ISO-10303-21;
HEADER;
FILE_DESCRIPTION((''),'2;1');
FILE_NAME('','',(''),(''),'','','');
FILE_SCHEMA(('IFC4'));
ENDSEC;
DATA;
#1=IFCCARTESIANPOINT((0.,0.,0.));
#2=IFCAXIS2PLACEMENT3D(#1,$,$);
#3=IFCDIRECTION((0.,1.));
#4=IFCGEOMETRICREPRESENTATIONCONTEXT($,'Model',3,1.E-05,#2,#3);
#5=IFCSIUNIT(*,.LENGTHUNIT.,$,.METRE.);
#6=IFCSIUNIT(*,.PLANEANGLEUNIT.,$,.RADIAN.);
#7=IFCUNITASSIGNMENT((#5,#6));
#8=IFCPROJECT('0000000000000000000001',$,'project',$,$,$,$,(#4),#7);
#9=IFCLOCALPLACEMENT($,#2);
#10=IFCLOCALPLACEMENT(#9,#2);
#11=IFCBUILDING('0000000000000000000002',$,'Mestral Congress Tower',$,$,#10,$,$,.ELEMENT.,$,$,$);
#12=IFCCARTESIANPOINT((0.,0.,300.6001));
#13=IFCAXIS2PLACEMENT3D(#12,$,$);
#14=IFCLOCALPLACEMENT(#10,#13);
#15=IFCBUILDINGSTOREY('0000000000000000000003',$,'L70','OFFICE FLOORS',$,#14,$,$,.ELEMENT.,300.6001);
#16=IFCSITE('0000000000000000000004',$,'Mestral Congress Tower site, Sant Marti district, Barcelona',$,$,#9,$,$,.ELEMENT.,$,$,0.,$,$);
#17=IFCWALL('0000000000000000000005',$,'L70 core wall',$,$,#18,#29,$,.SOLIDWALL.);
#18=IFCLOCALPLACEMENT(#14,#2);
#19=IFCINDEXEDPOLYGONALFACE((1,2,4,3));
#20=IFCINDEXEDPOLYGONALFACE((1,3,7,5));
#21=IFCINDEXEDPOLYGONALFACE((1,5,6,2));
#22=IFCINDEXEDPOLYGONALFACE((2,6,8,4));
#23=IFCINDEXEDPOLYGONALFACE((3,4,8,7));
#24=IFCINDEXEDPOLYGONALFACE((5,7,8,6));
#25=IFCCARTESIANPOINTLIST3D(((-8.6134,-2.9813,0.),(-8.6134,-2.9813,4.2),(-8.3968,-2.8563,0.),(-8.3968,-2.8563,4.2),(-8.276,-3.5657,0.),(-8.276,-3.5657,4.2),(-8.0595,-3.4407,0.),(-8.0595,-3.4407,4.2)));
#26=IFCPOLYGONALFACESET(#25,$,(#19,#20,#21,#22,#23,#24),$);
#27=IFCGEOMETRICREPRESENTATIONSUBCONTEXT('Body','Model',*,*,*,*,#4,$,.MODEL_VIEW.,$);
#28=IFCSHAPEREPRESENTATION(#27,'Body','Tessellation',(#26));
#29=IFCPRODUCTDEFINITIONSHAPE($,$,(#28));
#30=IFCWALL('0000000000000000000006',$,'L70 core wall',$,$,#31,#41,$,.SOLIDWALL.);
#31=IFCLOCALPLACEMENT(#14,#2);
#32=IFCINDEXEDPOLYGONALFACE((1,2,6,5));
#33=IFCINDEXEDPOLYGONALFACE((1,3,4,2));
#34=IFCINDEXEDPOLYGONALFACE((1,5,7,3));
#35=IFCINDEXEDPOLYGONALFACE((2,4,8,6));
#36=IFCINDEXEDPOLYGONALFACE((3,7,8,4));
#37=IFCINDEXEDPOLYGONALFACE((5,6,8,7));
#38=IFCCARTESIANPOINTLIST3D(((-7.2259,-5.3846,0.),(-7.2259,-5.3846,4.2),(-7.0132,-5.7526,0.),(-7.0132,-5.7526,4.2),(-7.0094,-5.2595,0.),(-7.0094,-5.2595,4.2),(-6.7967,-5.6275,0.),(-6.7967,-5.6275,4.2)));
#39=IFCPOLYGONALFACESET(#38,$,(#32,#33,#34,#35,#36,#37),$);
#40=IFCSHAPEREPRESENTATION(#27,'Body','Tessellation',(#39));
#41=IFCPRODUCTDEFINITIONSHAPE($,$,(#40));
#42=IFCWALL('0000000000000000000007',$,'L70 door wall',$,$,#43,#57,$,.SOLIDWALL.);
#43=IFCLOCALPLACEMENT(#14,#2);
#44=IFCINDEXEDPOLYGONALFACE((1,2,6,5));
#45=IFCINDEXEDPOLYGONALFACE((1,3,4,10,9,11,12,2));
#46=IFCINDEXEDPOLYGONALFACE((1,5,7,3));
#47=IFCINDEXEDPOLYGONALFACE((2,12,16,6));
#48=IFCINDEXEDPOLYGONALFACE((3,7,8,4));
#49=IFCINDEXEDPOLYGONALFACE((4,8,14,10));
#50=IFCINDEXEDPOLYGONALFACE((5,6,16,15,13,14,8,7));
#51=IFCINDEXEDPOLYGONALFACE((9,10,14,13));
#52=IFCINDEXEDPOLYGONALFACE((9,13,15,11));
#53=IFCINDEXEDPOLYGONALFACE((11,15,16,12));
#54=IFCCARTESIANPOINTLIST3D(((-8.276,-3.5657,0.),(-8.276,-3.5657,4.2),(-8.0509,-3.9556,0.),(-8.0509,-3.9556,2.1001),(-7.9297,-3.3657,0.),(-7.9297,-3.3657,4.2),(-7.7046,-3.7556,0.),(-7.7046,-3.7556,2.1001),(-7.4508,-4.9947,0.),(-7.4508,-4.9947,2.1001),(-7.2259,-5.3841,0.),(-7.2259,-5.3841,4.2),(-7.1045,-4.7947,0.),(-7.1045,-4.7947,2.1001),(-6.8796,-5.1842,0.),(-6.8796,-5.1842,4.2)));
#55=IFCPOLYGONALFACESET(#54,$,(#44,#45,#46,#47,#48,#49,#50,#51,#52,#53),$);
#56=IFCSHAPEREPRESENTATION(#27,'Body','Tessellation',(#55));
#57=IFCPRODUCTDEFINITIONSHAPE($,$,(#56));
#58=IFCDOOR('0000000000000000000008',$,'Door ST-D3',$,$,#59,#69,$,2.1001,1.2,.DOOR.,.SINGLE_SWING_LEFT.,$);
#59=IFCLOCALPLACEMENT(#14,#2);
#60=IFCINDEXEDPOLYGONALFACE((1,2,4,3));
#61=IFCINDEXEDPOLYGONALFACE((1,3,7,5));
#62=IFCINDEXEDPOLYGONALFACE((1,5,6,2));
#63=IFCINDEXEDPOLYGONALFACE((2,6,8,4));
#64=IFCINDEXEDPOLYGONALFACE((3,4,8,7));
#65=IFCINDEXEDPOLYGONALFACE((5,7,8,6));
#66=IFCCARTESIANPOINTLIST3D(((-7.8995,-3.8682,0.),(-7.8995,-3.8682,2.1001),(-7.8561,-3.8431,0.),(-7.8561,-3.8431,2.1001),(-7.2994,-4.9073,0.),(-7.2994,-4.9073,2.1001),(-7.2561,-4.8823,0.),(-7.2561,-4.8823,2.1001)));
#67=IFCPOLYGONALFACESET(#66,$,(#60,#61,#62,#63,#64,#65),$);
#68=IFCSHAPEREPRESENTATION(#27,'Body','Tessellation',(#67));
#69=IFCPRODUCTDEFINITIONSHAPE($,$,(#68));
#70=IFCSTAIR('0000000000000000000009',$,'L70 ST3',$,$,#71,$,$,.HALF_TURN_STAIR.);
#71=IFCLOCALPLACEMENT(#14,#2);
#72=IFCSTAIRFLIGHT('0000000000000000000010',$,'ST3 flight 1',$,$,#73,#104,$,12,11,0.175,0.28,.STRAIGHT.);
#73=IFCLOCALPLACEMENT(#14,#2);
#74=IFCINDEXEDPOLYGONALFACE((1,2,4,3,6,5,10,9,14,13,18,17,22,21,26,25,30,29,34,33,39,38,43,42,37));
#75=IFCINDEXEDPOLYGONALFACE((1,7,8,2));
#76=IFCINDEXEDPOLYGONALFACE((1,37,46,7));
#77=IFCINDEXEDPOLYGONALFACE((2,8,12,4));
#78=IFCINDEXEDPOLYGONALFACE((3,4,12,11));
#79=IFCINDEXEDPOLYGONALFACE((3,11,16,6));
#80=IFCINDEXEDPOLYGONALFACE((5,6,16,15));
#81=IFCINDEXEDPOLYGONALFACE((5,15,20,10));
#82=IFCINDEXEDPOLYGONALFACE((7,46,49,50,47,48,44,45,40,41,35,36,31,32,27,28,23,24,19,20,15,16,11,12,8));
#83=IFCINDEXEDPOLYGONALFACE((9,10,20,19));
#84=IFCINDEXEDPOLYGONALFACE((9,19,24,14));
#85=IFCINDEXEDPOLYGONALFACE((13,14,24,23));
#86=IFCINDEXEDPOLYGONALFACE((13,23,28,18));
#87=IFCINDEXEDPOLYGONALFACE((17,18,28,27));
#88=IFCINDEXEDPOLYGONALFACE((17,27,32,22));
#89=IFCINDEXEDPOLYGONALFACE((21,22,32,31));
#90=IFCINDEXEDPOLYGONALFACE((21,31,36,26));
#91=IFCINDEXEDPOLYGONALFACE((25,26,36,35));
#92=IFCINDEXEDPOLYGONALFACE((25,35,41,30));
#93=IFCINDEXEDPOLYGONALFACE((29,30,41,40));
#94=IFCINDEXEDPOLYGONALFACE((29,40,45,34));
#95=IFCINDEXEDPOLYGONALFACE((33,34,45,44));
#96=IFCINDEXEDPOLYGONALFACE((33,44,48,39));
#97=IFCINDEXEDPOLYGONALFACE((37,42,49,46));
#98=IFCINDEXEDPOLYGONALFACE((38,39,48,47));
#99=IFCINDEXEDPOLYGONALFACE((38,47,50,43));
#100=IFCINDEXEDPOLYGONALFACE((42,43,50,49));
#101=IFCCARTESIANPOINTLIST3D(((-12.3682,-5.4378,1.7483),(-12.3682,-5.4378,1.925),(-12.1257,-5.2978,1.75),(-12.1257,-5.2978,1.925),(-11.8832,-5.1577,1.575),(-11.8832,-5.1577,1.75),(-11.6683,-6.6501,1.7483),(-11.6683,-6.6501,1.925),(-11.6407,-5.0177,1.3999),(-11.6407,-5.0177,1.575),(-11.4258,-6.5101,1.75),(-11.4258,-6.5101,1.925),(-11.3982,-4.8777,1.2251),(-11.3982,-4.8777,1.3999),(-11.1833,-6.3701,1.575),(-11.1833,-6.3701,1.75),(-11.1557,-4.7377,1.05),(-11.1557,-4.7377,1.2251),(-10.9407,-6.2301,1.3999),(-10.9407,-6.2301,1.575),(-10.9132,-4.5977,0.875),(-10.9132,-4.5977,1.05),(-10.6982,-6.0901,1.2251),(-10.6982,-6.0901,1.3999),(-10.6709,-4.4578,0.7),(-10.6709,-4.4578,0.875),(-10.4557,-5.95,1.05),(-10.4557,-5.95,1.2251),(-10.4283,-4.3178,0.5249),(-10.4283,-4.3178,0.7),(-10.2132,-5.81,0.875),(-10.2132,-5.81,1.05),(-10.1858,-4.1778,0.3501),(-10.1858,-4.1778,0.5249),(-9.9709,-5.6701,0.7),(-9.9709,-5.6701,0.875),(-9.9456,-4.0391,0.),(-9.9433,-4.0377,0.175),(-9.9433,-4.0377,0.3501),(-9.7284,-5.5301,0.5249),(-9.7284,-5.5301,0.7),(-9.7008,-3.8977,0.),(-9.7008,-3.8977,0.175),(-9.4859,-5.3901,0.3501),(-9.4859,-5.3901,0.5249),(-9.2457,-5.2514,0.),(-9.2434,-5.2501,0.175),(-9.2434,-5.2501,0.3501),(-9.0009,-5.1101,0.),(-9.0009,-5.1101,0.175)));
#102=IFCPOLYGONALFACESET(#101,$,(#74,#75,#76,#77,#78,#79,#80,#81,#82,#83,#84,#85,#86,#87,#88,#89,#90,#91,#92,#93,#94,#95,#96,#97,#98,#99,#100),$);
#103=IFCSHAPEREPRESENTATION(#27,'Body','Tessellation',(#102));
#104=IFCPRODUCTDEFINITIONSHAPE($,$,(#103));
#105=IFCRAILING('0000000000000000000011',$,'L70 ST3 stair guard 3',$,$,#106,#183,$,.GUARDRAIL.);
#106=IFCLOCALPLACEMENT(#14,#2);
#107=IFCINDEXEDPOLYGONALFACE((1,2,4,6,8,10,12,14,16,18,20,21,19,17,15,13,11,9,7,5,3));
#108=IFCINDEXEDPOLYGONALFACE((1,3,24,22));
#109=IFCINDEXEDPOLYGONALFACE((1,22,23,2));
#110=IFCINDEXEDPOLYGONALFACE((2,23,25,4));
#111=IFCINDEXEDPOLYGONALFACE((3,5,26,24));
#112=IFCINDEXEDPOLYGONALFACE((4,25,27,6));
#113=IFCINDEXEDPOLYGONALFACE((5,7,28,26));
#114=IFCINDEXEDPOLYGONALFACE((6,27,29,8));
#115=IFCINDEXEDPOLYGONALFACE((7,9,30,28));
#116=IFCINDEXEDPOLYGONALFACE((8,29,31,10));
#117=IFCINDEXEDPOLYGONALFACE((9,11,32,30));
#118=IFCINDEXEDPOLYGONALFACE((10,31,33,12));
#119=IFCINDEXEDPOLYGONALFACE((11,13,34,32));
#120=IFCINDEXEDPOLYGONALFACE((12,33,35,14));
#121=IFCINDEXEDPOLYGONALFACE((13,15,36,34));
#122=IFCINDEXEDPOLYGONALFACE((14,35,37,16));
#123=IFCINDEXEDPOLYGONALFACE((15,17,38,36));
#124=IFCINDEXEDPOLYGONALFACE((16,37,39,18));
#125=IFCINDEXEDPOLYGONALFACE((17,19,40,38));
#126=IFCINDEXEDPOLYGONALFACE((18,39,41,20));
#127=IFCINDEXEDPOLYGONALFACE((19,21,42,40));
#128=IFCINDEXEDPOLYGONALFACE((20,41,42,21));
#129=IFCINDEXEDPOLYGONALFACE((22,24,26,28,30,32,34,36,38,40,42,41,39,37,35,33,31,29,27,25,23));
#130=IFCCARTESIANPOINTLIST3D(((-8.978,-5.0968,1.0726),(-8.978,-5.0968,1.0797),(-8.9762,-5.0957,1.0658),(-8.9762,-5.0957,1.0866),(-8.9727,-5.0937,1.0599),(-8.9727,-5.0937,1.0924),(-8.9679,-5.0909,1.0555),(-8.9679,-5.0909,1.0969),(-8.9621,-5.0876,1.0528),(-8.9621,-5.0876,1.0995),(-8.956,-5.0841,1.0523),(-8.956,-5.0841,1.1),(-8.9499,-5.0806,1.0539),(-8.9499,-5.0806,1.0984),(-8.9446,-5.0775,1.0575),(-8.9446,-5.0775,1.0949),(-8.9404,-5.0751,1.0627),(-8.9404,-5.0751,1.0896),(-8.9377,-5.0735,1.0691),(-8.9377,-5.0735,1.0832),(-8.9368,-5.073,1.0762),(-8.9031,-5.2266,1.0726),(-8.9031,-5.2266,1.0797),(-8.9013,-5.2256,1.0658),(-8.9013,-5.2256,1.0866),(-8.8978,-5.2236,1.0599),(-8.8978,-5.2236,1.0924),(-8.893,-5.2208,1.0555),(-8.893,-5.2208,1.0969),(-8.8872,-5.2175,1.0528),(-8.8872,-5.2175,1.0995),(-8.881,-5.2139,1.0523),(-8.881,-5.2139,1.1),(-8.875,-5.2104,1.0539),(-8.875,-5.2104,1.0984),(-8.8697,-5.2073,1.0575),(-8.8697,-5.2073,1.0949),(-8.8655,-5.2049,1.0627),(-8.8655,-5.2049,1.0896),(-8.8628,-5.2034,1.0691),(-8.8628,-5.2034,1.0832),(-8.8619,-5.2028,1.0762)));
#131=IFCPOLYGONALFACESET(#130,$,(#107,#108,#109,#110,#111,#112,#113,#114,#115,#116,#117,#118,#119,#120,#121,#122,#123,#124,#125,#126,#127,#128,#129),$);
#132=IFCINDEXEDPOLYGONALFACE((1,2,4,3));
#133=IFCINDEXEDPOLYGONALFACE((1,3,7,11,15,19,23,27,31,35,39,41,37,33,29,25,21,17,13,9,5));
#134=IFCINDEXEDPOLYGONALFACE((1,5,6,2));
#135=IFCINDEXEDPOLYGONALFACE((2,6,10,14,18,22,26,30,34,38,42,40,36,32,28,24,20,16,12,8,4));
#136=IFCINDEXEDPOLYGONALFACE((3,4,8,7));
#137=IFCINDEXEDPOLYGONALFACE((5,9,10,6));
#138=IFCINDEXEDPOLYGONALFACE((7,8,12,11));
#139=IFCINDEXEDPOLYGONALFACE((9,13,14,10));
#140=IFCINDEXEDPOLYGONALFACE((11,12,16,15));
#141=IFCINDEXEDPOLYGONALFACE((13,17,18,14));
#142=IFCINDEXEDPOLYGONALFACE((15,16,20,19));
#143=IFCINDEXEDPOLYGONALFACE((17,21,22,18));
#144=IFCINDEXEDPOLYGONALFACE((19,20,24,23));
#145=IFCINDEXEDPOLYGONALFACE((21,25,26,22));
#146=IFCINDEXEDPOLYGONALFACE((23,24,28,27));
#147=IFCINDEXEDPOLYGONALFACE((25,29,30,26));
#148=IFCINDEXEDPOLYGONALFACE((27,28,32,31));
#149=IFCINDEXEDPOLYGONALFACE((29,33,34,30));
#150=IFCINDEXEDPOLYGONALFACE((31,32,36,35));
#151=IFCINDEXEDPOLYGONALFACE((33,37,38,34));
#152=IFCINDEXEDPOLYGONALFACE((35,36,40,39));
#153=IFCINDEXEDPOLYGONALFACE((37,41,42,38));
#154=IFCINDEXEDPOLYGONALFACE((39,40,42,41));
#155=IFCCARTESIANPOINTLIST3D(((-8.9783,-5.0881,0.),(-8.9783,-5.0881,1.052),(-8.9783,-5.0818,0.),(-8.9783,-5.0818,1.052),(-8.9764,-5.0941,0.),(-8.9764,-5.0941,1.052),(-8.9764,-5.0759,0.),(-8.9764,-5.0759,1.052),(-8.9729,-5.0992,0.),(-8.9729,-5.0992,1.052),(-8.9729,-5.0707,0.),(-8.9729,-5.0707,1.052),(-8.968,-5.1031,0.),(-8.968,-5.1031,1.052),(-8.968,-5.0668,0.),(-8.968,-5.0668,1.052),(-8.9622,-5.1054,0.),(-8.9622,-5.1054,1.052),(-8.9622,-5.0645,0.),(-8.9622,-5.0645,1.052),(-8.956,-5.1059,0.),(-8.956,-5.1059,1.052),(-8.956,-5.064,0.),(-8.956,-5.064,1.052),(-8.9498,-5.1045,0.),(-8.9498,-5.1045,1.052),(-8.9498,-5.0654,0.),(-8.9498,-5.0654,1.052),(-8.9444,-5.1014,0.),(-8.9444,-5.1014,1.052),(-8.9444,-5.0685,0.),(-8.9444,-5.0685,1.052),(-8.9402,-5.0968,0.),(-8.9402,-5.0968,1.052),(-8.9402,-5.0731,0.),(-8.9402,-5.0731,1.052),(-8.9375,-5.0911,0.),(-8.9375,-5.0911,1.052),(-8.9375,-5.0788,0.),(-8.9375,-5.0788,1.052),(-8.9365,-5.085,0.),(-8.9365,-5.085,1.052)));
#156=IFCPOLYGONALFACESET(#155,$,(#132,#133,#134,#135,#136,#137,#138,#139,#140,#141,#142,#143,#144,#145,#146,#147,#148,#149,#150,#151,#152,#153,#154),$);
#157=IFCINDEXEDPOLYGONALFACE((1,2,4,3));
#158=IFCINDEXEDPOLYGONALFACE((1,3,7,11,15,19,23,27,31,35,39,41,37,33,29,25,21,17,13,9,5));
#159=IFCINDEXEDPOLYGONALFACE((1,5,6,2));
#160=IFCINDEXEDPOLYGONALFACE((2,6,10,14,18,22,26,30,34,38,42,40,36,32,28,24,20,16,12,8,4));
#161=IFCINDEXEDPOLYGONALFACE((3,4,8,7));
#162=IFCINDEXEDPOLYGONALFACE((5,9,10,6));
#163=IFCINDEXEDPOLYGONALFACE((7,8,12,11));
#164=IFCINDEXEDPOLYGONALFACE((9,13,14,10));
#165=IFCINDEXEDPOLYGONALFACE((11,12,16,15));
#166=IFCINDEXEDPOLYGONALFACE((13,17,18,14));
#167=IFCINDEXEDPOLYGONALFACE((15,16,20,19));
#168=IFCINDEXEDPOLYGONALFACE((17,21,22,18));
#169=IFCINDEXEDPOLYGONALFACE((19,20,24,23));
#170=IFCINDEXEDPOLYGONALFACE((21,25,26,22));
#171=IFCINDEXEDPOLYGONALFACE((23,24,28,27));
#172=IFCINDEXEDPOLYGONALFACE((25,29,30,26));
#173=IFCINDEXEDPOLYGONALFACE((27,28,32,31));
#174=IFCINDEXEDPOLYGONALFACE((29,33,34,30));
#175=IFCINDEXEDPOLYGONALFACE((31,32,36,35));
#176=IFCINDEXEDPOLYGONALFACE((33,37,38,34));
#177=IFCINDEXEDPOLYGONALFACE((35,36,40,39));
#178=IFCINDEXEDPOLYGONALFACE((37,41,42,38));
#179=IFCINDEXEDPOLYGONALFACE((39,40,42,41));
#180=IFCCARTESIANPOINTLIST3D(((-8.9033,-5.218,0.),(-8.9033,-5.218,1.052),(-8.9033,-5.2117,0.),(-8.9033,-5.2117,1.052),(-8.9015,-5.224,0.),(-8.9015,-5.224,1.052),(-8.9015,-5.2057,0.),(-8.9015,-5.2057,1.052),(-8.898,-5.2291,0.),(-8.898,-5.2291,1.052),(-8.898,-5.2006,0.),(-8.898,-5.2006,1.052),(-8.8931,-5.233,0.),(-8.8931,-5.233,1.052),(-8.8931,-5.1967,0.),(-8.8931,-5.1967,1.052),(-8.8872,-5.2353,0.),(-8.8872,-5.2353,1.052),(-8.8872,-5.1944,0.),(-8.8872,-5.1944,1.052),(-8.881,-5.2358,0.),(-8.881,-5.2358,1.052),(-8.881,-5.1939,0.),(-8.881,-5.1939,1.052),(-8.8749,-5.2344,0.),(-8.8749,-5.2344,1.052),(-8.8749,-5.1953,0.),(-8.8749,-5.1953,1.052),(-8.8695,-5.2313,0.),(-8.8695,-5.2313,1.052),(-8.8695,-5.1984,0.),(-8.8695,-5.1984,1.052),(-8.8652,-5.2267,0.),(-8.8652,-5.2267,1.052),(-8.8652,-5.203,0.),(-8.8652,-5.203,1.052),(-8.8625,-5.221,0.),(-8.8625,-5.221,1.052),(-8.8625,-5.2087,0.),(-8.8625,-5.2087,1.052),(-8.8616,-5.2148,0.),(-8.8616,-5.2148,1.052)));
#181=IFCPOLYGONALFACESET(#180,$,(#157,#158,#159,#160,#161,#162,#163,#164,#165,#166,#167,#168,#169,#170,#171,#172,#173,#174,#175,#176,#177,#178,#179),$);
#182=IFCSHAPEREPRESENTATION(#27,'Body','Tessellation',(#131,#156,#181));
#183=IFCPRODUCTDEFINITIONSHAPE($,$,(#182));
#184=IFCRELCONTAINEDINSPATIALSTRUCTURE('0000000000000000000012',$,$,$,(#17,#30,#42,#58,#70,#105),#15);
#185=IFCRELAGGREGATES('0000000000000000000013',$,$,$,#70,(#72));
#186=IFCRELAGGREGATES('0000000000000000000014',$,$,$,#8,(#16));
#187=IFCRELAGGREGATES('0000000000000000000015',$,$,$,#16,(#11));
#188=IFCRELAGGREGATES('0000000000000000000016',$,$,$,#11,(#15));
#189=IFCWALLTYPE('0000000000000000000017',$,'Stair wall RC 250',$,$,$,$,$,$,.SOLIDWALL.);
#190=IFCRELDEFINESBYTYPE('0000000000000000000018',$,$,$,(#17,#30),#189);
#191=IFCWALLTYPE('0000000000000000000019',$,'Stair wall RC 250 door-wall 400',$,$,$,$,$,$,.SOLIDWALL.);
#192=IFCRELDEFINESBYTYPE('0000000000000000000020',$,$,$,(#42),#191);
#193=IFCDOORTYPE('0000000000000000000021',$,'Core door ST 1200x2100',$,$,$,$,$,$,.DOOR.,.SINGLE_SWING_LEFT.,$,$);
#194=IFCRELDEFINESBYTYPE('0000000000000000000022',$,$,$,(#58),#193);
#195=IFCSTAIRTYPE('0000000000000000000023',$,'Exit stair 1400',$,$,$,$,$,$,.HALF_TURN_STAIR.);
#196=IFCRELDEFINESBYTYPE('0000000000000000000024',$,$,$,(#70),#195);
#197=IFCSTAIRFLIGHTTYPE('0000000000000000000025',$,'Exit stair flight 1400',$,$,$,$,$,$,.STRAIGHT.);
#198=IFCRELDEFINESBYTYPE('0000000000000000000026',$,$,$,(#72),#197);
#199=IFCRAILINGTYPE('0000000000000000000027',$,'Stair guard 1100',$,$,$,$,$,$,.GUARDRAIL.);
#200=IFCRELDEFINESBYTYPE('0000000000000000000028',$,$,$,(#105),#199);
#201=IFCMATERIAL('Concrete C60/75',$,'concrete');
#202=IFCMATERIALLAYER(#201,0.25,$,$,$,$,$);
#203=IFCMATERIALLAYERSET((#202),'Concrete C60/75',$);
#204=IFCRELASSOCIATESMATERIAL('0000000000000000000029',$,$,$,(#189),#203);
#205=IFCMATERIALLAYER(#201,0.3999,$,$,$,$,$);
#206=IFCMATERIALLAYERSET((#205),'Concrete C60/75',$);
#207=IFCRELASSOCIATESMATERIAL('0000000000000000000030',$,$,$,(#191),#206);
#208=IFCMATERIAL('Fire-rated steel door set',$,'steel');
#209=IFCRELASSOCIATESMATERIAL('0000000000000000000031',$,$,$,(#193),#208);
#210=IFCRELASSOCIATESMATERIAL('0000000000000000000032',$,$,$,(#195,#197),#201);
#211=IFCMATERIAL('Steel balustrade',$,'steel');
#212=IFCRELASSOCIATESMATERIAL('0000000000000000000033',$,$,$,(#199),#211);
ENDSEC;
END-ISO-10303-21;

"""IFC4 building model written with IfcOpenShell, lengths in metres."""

from ifc_helpers import new_model, si_unit, direction, frame, frame_2d, origin, origin_2d, place, context, subcontext, project, spatial, polyline, rectangle, circle, outline, extrude, material, layer, layer_set, type_object, element, fill, aggregate, save


model = new_model("IFC4")

# Units and contexts
model_context = context("Model", 3, precision=1e-05, world=origin(), true_north=direction((0.0, 1.0)))
body_context = subcontext(model_context, "Body", "Model", "MODEL_VIEW")
ifc_project = project(units=[si_unit("LENGTHUNIT", "METRE"), si_unit("PLANEANGLEUNIT", "RADIAN")], contexts=[model_context])

# Site, building, storey
site_placement = place(None, origin())
site = spatial("IfcSite", under=ifc_project, at=site_placement, Name="Mestral Congress Tower site, Sant Marti district, Barcelona", CompositionType="ELEMENT", RefElevation=0.0)
building_placement = place(site_placement, origin())
building = spatial("IfcBuilding", under=site, at=building_placement, Name="Mestral Congress Tower", CompositionType="ELEMENT")
storey_placement = place(building_placement, frame((0.0, 0.0, 300.6001)))
storey = spatial("IfcBuildingStorey", under=building, at=storey_placement, Name="L70", Description="OFFICE FLOORS", CompositionType="ELEMENT", Elevation=300.6001)

# Shared definitions
ifc_material_1 = material(Name="Concrete C60/75", Category="concrete")

# Shared definitions
ifc_material_2 = material(Name="Fire-rated steel door set", Category="steel")

# Walls
ifc_layer_1 = layer(ifc_material_1, 0.25)
ifc_layer_set_1 = layer_set([ifc_layer_1], Name="Concrete C60/75")
wall_type_1 = type_object("IfcWallType", Name="Stair wall RC 250", PredefinedType="SOLIDWALL", material=ifc_layer_set_1)
wall_1_placement = place(storey_placement, frame((-8.1677, -3.5032, 0.0), z_axis=(0.0, 0.0, 1.0), x_axis=(-0.499952, 0.866053, 0.0)))
element("IfcWall", 1, at=wall_1_placement, inside=storey, type_object=wall_type_1, Name="L70 core wall", PredefinedType="SOLIDWALL", context=body_context, shape_type="SweptSolid", body=[
    extrude(rectangle(XDim=0.6748, YDim=0.25, at=frame_2d((0.3374, 0.0))), origin(), (0.0, 0.0, 1.0), 4.2),
])
wall_2_placement = place(storey_placement, frame((-6.905, -5.6899, 0.0), z_axis=(0.0, 0.0, 1.0), x_axis=(-0.500402, 0.865793, 0.0)))
element("IfcWall", 2, at=wall_2_placement, inside=storey, type_object=wall_type_1, Name="L70 core wall", PredefinedType="SOLIDWALL", context=body_context, shape_type="SweptSolid", body=[
    extrude(rectangle(XDim=0.425, YDim=0.25, at=frame_2d((0.2124, 0.0))), origin(), (0.0, 0.0, 1.0), 4.2),
])

# Wall, opening, door
ifc_layer_2 = layer(ifc_material_1, 0.3999)
ifc_layer_set_2 = layer_set([ifc_layer_2], Name="Concrete C60/75")
wall_type_2 = type_object("IfcWallType", Name="Stair wall RC 250 door-wall 400", PredefinedType="SOLIDWALL", material=ifc_layer_set_2)
wall_3_placement = place(storey_placement, frame((-8.1028, -3.4658, 0.0), z_axis=(0.0, 0.0, 1.0), x_axis=(0.500078, -0.86598, 0.0)))
wall_3 = element("IfcWall", 3, at=wall_3_placement, inside=storey, type_object=wall_type_2, Name="L70 door wall", PredefinedType="SOLIDWALL", context=body_context, shape_type="SweptSolid", body=[
    extrude(rectangle(XDim=2.0999, YDim=0.3999, at=frame_2d((1.0498, 0.0))), origin(), (0.0, 0.0, 1.0), 4.2),
])
opening_1_placement = place(wall_3_placement, frame((0.45, 0.0, 0.0)))
opening_1 = element("IfcOpeningElement", 4, at=opening_1_placement, cuts=wall_3, PredefinedType="OPENING", context=body_context, shape_type="SweptSolid", body=[
    extrude(rectangle(XDim=1.2, YDim=2.1001, at=frame_2d((0.6001, 1.05))), frame((0.0, 0.21, 0.0), z_axis=(0.0, -1.0, 0.0), x_axis=(1.0, 0.0, 0.0)), (0.0, 0.0, 1.0), 0.4199),
])
door_type_1 = type_object("IfcDoorType", Name="Core door ST 1200x2100", OperationType="SINGLE_SWING_LEFT", PredefinedType="DOOR", material=ifc_material_2)
door_1_placement = place(opening_1_placement, origin())
door_1 = element("IfcDoor", 5, at=door_1_placement, inside=storey, type_object=door_type_1, Name="Door ST-D3", OperationType="SINGLE_SWING_LEFT", OverallHeight=2.1001, OverallWidth=1.2, PredefinedType="DOOR", context=body_context, shape_type="SweptSolid", body=[
    extrude(rectangle(XDim=1.2, YDim=2.1001, at=frame_2d((0.6001, 1.05))), frame((0.0, 0.0249, 0.0), z_axis=(0.0, -1.0, 0.0), x_axis=(1.0, 0.0, 0.0)), (0.0, 0.0, 1.0), 0.05),
])
fill(opening_1, door_1)

# Stair, stair flight
stair_type = type_object("IfcStairType", Name="Exit stair 1400", PredefinedType="HALF_TURN_STAIR", material=ifc_material_1)
stair_placement = place(storey_placement, origin())
stair = element("IfcStair", 6, at=stair_placement, inside=storey, type_object=stair_type, Name="L70 ST3", PredefinedType="HALF_TURN_STAIR")
stair_flight_type = type_object("IfcStairFlightType", Name="Exit stair flight 1400", PredefinedType="STRAIGHT", material=ifc_material_1)
stair_flight_placement = place(storey_placement, frame((-9.3508, -4.5039, 0.0), z_axis=(0.0, 0.0, 1.0), x_axis=(-0.866025, -0.5, 0.0)))
stair_flight = element("IfcStairFlight", 7, at=stair_flight_placement, type_object=stair_flight_type, Name="ST3 flight 1", NumberOfRisers=12, NumberOfTreads=11, PredefinedType="STRAIGHT", RiserHeight=0.175, TreadLength=0.28, context=body_context, shape_type="SweptSolid", body=[
    extrude(outline(polyline([(0.0, 0.0), (0.0, 0.175), (0.28, 0.175), (0.28, 0.3501), (0.5601, 0.3501), (0.5601, 0.5249), (0.8401, 0.5249), (0.8401, 0.7), (1.1201, 0.7), (1.1201, 0.875), (1.3999, 0.875), (1.3999, 1.05), (1.6799, 1.05), (1.6799, 1.2251), (1.96, 1.2251), (1.96, 1.3999), (2.24, 1.3999), (2.24, 1.575), (2.52, 1.575), (2.52, 1.75), (2.8, 1.75), (2.8, 1.925), (3.0801, 1.925), (3.0801, 2.1001), (3.0801, 1.7483), (0.2827, 0.0), (0.0, 0.0)])), frame((0.0, 0.7, 0.0), z_axis=(0.0, -1.0, 0.0), x_axis=(1.0, 0.0, 0.0)), (0.0, 0.0, 1.0), 1.3999),
])
aggregate(stair, [stair_flight])

# Railing
ifc_material_3 = material(Name="Steel balustrade", Category="steel")
railing_type_1 = type_object("IfcRailingType", Name="Stair guard 1100", PredefinedType="GUARDRAIL", material=ifc_material_3)
railing_1_placement = place(storey_placement, frame((-8.9575, -5.085, 0.0)))
element("IfcRailing", 8, at=railing_1_placement, inside=storey, type_object=railing_type_1, Name="L70 ST3 stair guard 3", PredefinedType="GUARDRAIL", context=body_context, shape_type="SweptSolid", body=[
    extrude(circle(Radius=0.0239, at=origin_2d()), frame((0.0, 0.0, 1.0762), z_axis=(0.499816, -0.866131, 0.0), x_axis=(0.866131, 0.499816, 0.0)), (0.0, 0.0, 1.0), 0.1499),
    extrude(circle(Radius=0.021, at=origin_2d()), origin(), (0.0, 0.0, 1.0), 1.052),
    extrude(circle(Radius=0.021, at=origin_2d()), frame((0.075, -0.1299, 0.0)), (0.0, 0.0, 1.0), 1.052),
])

save(model, "model.ifc")
